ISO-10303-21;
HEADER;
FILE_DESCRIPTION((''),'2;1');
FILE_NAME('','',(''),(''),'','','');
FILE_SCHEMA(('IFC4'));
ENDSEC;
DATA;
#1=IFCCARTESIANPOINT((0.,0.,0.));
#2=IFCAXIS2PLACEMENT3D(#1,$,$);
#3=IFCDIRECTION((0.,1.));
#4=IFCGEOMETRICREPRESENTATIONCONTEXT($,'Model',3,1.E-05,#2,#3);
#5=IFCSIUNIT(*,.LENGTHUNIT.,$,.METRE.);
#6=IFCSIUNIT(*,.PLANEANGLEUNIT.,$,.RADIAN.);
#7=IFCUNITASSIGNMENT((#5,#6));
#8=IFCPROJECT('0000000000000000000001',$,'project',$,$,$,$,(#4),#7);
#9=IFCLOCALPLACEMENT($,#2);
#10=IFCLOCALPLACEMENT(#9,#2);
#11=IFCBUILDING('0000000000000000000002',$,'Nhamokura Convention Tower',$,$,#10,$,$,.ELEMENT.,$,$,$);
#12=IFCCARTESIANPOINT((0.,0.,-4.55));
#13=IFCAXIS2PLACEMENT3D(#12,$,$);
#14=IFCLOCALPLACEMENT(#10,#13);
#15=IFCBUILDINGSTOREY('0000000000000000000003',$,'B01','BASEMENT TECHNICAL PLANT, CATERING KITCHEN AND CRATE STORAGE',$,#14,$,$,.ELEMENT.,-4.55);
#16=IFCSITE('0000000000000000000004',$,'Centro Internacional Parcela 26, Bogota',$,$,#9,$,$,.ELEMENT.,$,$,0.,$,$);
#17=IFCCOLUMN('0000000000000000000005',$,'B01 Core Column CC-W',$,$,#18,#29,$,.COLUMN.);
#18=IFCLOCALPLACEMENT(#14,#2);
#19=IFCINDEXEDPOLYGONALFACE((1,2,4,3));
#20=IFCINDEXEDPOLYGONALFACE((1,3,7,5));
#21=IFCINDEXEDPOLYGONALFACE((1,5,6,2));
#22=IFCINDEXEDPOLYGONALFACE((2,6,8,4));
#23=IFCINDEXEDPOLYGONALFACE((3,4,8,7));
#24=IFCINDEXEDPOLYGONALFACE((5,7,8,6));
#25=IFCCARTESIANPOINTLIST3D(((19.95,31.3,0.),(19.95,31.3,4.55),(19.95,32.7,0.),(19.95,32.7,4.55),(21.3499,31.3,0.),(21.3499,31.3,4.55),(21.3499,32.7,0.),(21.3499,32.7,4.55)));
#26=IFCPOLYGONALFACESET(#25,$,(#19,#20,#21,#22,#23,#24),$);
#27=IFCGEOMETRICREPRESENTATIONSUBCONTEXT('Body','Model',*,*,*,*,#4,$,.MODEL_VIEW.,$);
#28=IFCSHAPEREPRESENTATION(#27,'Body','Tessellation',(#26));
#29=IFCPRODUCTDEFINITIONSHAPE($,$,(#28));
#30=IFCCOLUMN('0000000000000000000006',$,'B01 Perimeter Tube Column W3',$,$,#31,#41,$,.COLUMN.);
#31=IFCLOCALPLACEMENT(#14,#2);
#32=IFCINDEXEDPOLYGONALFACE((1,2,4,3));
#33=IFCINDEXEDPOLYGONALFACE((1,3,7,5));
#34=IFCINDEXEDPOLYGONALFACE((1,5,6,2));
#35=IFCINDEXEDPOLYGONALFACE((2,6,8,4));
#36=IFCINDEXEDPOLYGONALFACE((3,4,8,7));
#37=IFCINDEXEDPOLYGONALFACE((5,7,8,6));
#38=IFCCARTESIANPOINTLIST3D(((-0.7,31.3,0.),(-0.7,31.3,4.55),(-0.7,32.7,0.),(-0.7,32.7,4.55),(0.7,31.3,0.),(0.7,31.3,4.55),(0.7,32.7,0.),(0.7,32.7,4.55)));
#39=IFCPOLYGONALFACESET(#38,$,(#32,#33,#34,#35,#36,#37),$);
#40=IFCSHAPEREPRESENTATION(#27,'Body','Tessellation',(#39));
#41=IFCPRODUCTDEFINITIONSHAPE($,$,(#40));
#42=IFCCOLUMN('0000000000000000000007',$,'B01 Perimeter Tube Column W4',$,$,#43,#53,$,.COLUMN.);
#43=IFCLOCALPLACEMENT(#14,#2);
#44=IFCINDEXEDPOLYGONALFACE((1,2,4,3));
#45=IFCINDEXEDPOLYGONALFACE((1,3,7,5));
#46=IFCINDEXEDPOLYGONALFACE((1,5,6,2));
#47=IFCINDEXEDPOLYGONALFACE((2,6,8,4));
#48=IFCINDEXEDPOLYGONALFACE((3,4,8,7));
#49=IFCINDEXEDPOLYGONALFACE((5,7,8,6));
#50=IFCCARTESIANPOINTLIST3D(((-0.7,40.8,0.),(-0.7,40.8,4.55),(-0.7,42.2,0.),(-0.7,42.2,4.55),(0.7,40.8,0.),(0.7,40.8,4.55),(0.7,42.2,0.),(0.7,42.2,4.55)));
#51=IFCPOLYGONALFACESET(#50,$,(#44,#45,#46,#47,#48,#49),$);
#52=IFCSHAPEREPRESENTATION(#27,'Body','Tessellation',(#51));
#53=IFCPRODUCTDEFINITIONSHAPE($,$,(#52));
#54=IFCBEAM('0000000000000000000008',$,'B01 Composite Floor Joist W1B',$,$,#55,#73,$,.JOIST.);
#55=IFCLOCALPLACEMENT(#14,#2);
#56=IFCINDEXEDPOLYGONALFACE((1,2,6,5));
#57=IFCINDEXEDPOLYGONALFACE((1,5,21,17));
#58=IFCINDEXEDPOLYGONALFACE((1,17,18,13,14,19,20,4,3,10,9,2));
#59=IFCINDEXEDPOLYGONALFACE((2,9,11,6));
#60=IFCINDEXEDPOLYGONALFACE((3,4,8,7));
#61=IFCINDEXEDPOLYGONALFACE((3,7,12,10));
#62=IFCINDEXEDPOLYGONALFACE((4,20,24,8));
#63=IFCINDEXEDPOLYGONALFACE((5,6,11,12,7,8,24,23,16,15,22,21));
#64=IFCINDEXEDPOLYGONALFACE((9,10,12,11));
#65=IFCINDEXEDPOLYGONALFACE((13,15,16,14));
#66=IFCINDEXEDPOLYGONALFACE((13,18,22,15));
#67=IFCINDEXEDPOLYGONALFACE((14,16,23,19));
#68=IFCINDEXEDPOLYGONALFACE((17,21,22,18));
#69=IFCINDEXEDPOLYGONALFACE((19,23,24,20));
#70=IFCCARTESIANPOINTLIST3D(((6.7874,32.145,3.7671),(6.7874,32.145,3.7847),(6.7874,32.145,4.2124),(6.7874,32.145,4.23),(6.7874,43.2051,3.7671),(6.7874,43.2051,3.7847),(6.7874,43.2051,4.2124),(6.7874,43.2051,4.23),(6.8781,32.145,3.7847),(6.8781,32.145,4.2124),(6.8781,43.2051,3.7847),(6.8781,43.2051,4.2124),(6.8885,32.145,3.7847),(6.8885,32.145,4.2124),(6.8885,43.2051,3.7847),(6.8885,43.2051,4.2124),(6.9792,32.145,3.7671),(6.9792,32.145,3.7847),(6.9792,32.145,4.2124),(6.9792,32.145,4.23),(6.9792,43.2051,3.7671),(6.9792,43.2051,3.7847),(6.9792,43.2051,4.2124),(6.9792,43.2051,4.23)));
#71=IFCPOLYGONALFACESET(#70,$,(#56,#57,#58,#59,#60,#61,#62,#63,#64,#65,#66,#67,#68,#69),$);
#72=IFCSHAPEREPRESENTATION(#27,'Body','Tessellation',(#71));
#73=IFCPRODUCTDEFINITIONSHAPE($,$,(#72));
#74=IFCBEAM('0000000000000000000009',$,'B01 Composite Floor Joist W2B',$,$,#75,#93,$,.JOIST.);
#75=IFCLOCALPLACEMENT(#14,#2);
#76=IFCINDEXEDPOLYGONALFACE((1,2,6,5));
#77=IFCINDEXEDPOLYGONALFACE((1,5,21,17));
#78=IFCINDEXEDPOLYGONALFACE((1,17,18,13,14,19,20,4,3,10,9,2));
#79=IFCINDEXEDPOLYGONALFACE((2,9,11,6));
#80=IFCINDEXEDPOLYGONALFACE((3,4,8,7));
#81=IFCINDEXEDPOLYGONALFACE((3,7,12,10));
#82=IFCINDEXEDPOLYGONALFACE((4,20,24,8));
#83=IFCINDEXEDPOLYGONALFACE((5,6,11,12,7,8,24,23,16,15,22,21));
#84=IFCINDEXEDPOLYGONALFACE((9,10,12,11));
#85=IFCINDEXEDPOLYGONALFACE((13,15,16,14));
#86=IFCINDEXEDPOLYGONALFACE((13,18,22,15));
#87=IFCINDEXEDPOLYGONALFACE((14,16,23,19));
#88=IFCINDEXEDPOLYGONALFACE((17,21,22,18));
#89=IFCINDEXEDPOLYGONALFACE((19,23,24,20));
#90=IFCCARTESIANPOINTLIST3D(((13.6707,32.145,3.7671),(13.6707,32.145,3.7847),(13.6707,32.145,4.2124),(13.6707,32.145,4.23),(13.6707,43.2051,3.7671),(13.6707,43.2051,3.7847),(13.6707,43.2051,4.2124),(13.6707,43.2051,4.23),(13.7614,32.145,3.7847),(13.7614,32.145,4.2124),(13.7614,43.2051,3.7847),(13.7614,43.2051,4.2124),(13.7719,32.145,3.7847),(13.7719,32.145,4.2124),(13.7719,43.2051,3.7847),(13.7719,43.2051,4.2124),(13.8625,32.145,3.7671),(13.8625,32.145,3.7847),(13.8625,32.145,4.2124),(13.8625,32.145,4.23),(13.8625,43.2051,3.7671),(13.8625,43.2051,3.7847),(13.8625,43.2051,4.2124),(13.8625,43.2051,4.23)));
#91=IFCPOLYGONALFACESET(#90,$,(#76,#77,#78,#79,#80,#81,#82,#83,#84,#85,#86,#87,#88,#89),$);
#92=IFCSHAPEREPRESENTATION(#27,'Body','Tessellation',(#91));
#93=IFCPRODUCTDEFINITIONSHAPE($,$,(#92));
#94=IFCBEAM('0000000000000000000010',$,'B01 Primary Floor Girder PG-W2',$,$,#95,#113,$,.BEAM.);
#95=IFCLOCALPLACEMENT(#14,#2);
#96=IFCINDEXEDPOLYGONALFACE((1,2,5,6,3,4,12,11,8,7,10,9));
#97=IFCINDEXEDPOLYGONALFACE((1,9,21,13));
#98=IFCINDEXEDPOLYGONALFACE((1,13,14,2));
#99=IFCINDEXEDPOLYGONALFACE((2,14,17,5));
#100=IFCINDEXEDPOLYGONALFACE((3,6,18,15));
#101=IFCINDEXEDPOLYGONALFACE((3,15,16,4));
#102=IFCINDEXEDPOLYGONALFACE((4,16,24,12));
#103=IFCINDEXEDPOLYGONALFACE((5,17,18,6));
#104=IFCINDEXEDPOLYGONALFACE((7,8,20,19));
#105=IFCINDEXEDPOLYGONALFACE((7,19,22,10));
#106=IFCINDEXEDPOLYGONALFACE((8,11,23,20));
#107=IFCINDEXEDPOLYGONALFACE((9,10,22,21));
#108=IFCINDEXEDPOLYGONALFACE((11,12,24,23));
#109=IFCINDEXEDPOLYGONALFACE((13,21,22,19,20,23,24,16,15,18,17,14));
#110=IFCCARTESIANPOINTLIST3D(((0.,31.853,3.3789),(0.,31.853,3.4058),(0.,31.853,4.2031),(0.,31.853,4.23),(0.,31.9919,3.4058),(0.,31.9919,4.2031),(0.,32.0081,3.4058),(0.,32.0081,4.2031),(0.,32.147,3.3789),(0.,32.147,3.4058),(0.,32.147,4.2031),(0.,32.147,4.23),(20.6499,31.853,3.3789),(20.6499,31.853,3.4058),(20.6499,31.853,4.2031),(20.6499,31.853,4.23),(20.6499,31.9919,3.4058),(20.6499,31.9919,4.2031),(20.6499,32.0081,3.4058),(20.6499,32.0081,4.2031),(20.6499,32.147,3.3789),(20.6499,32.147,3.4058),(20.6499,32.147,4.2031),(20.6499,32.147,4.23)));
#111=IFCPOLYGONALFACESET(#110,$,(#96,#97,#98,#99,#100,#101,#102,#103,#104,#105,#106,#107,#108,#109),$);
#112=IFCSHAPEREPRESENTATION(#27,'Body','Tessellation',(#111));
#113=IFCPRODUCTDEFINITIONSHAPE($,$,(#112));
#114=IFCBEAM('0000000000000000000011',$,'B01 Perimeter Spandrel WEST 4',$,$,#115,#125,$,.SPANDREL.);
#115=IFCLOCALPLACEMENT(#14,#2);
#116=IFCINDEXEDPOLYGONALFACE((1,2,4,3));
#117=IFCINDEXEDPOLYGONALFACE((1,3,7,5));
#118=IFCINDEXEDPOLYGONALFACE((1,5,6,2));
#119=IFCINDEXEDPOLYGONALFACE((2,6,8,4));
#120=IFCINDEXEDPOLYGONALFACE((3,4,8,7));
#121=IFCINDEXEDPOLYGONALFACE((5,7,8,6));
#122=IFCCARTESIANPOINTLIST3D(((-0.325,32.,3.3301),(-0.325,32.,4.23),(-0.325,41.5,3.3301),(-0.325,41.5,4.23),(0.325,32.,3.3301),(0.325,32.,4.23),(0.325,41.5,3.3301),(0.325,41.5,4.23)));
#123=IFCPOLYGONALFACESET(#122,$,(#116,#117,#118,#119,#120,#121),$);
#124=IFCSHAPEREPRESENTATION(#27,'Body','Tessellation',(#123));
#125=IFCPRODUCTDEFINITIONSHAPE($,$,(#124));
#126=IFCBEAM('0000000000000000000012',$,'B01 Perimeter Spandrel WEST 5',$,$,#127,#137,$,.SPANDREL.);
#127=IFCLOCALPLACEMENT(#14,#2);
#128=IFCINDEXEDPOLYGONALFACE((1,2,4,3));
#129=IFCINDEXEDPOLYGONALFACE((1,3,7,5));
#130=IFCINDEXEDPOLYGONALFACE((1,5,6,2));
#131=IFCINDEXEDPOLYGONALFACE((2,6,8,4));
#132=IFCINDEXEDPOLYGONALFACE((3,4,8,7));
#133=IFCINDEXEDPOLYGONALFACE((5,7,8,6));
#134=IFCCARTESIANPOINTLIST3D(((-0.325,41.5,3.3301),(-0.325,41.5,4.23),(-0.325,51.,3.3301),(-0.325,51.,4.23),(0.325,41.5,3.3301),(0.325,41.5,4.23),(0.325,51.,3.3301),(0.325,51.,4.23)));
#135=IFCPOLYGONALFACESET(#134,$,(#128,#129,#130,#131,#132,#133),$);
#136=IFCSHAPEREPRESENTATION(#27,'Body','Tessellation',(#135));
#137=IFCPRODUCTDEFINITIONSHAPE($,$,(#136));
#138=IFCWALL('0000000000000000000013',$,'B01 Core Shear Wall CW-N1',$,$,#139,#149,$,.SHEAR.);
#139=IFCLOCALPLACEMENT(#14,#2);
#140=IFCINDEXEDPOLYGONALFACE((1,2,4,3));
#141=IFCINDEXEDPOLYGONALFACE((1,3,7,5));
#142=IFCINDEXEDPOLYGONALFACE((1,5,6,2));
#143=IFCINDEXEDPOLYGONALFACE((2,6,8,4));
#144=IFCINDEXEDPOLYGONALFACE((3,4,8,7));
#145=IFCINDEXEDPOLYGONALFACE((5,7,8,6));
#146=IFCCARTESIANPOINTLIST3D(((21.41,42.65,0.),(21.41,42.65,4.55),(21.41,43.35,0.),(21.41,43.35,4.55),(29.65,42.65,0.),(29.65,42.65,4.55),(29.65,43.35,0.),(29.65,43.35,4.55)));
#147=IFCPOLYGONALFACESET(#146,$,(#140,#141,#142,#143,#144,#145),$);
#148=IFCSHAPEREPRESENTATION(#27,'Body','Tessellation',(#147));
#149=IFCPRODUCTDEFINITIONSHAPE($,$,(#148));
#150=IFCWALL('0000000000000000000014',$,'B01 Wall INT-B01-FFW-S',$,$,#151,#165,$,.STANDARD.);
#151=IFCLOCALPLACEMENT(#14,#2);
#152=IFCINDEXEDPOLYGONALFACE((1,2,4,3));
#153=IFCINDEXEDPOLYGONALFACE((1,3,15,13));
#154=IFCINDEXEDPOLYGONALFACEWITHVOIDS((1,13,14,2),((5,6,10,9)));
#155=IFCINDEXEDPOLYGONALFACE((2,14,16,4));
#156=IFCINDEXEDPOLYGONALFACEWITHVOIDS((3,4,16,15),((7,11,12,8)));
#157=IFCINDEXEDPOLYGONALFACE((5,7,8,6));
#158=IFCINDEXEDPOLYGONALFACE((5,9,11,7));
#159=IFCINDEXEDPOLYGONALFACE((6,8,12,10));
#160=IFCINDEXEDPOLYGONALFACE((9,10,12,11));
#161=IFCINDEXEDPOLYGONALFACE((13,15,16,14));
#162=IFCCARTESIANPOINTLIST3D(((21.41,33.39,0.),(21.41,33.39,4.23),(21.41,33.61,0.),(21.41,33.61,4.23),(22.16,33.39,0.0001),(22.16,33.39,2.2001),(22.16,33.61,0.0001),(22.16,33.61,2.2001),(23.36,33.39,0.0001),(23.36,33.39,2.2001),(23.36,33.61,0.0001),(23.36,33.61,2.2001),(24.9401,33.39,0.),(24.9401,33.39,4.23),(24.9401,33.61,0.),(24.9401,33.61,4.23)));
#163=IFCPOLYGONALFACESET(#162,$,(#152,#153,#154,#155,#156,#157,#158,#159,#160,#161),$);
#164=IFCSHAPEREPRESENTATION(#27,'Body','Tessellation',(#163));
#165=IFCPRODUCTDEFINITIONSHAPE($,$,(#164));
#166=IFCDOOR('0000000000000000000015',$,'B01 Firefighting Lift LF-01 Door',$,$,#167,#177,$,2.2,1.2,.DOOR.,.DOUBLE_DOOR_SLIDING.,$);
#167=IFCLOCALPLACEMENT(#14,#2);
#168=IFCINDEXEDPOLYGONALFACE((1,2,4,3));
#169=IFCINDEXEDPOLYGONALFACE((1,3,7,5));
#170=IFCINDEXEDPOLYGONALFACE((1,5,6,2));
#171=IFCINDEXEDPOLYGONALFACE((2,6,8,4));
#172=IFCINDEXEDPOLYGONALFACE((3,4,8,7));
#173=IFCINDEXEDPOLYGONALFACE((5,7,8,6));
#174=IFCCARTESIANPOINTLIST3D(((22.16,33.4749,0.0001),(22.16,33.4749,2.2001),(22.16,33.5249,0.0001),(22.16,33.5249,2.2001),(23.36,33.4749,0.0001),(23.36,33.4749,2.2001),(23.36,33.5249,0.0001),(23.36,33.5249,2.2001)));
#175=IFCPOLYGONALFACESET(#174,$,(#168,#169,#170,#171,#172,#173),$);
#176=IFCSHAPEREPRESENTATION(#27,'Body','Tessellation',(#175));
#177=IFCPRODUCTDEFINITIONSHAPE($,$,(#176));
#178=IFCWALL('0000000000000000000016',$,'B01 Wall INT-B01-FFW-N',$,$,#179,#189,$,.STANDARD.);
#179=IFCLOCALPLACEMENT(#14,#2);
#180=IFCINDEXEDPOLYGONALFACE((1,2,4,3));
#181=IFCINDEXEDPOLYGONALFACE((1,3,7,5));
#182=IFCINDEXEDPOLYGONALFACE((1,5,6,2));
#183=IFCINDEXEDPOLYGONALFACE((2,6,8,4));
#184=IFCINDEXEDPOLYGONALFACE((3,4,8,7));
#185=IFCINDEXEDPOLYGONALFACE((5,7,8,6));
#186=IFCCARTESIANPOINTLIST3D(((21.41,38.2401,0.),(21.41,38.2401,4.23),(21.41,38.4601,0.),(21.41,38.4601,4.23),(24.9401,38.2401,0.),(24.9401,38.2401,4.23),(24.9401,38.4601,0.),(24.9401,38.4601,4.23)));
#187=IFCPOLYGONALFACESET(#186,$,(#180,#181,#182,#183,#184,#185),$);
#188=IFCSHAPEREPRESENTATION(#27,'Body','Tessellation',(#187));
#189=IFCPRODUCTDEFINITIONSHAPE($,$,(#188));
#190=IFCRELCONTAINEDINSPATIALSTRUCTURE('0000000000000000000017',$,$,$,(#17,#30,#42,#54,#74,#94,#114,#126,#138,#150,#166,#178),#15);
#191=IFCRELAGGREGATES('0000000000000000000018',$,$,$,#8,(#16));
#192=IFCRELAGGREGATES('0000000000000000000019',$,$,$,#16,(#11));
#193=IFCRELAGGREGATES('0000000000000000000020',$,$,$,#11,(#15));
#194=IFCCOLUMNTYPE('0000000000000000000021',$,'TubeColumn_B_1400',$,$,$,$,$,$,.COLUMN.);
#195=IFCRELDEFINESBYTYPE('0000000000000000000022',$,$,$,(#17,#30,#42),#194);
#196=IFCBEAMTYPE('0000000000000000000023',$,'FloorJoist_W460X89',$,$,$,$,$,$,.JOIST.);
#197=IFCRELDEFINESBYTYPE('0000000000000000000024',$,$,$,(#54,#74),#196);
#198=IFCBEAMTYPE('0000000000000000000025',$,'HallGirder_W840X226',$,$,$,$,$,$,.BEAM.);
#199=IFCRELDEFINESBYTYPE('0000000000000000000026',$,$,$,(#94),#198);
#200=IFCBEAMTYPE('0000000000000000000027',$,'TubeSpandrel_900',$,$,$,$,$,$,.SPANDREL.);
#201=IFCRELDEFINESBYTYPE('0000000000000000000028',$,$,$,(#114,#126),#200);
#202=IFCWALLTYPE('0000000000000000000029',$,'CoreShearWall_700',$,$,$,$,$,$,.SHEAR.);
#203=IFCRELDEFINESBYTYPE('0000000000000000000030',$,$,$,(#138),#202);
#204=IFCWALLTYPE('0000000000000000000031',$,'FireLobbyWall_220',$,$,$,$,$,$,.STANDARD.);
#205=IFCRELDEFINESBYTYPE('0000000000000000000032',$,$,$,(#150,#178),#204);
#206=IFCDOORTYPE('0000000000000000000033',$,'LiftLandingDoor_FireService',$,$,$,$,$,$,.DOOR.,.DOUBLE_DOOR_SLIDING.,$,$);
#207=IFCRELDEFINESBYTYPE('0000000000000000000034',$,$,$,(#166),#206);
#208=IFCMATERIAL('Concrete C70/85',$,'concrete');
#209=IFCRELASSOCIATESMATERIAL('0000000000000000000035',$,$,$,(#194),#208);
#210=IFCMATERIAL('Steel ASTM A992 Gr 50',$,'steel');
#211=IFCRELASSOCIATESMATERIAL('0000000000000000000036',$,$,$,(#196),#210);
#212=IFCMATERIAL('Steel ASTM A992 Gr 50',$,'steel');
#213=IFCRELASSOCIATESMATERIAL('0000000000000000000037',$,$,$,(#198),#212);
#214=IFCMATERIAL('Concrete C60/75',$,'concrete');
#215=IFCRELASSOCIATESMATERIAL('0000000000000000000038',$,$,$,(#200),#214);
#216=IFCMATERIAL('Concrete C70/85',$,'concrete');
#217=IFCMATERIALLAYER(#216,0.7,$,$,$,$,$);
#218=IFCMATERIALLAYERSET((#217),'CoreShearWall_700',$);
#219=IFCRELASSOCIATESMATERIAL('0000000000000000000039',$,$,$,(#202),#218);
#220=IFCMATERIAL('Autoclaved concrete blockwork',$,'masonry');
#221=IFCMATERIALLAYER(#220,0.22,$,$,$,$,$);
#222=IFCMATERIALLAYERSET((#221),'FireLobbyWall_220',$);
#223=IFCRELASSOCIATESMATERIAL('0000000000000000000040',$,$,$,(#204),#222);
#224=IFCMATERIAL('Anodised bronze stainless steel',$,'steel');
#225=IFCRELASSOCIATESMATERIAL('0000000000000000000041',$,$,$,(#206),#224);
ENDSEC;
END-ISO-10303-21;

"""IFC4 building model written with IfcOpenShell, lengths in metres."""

from ifc_helpers import new_model, si_unit, direction, frame, frame_2d, origin, origin_2d, place, context, subcontext, project, spatial, rectangle, i_section, extrude, material, layer, layer_set, material_profile, profile_set, type_object, element, fill, save


model = new_model("IFC4")

# Units and contexts
model_context = context("Model", 3, precision=1e-05, world=origin(), true_north=direction((0.0, 1.0)))
body_context = subcontext(model_context, "Body", "Model", "MODEL_VIEW")
ifc_project = project(units=[si_unit("LENGTHUNIT", "METRE"), si_unit("PLANEANGLEUNIT", "RADIAN")], contexts=[model_context])

# Site, building, storey
site_placement = place(None, origin())
site = spatial("IfcSite", under=ifc_project, at=site_placement, Name="Centro Internacional Parcela 26, Bogota", CompositionType="ELEMENT", RefElevation=0.0)
building_placement = place(site_placement, origin())
building = spatial("IfcBuilding", under=site, at=building_placement, Name="Nhamokura Convention Tower", CompositionType="ELEMENT")
storey_placement = place(building_placement, frame((0.0, 0.0, -4.55)))
storey = spatial("IfcBuildingStorey", under=building, at=storey_placement, Name="B01", Description="BASEMENT TECHNICAL PLANT, CATERING KITCHEN AND CRATE STORAGE", CompositionType="ELEMENT", Elevation=-4.55)

# Columns
ifc_material_1 = material(Name="Concrete C70/85", Category="concrete")
ifc_material_profile_1 = material_profile(ifc_material_1, rectangle(XDim=1.3999, YDim=1.3999, at=origin_2d()))
ifc_profile_set_1 = profile_set([ifc_material_profile_1], Name="Concrete C70/85")
column_type = type_object("IfcColumnType", Name="TubeColumn_B_1400", PredefinedType="COLUMN", material=ifc_profile_set_1)
for number, where, z_axis, x_axis, name in (
    (1, (20.6499, 32.0, 0.0), (0.0, 0.0, 1.0), (1.0, 0.0, 0.0), "B01 Core Column CC-W"),
    (2, (0.0, 32.0, 0.0), (0.0, 0.0, 1.0), (1.0, 0.0, 0.0), "B01 Perimeter Tube Column W3"),
    (3, (0.0, 41.5, 0.0), (0.0, 0.0, 1.0), (1.0, 0.0, 0.0), "B01 Perimeter Tube Column W4"),
):
    element("IfcColumn", number, at=place(storey_placement, frame(where, z_axis=z_axis, x_axis=x_axis)), inside=storey, type_object=column_type, Name=name, PredefinedType="COLUMN", context=body_context, shape_type="SweptSolid", body=[
        extrude(rectangle(XDim=1.3999, YDim=1.3999, at=origin_2d()), origin(), (0.0, 0.0, 1.0), 4.55),
    ])

# Beams
ifc_material_2 = material(Name="Steel ASTM A992 Gr 50", Category="steel")
ifc_material_profile_2 = material_profile(ifc_material_2, i_section(OverallWidth=0.1919, OverallDepth=0.4629, WebThickness=0.0105, FlangeThickness=0.0176, at=origin_2d()))
ifc_profile_set_2 = profile_set([ifc_material_profile_2], Name="Steel ASTM A992 Gr 50")
beam_type_1 = type_object("IfcBeamType", Name="FloorJoist_W460X89", PredefinedType="JOIST", material=ifc_profile_set_2)
for number, where, z_axis, x_axis, name in (
    (4, (6.8833, 32.145, 3.9985), (0.0, 1.0, 0.0), (-1.0, 0.0, 0.0), "B01 Composite Floor Joist W1B"),
    (5, (13.7666, 32.145, 3.9985), (0.0, 1.0, 0.0), (-1.0, 0.0, 0.0), "B01 Composite Floor Joist W2B"),
):
    element("IfcBeam", number, at=place(storey_placement, frame(where, z_axis=z_axis, x_axis=x_axis)), inside=storey, type_object=beam_type_1, Name=name, PredefinedType="JOIST", context=body_context, shape_type="SweptSolid", body=[
        extrude(i_section(OverallWidth=0.1919, OverallDepth=0.4629, WebThickness=0.0105, FlangeThickness=0.0176, at=origin_2d()), origin(), (0.0, 0.0, 1.0), 11.0601),
    ])
ifc_material_3 = material(Name="Steel ASTM A992 Gr 50", Category="steel")
ifc_material_profile_3 = material_profile(ifc_material_3, i_section(OverallWidth=0.2939, OverallDepth=0.8511, WebThickness=0.0161, FlangeThickness=0.0269, at=origin_2d()))
ifc_profile_set_3 = profile_set([ifc_material_profile_3], Name="Steel ASTM A992 Gr 50")
beam_type_2 = type_object("IfcBeamType", Name="HallGirder_W840X226", PredefinedType="BEAM", material=ifc_profile_set_3)
beam_placement = place(storey_placement, frame((0.0, 32.0, 3.8044), z_axis=(1.0, 0.0, 0.0), x_axis=(0.0, 1.0, 0.0)))
element("IfcBeam", 6, at=beam_placement, inside=storey, type_object=beam_type_2, Name="B01 Primary Floor Girder PG-W2", PredefinedType="BEAM", context=body_context, shape_type="SweptSolid", body=[
    extrude(i_section(OverallWidth=0.2939, OverallDepth=0.8511, WebThickness=0.0161, FlangeThickness=0.0269, at=origin_2d()), origin(), (0.0, 0.0, 1.0), 20.6499),
])
ifc_material_4 = material(Name="Concrete C60/75", Category="concrete")
ifc_material_profile_4 = material_profile(ifc_material_4, rectangle(XDim=0.6499, YDim=0.8999, at=origin_2d()))
ifc_profile_set_4 = profile_set([ifc_material_profile_4], Name="Concrete C60/75")
beam_type_3 = type_object("IfcBeamType", Name="TubeSpandrel_900", PredefinedType="SPANDREL", material=ifc_profile_set_4)
for number, where, z_axis, x_axis, name in (
    (7, (0.0, 32.0, 3.78), (0.0, 1.0, 0.0), (-1.0, 0.0, 0.0), "B01 Perimeter Spandrel WEST 4"),
    (8, (0.0, 41.5, 3.78), (0.0, 1.0, 0.0), (-1.0, 0.0, 0.0), "B01 Perimeter Spandrel WEST 5"),
):
    element("IfcBeam", number, at=place(storey_placement, frame(where, z_axis=z_axis, x_axis=x_axis)), inside=storey, type_object=beam_type_3, Name=name, PredefinedType="SPANDREL", context=body_context, shape_type="SweptSolid", body=[
        extrude(rectangle(XDim=0.6499, YDim=0.8999, at=origin_2d()), origin(), (0.0, 0.0, 1.0), 9.5),
    ])

# Shared definitions
ifc_material_5 = material(Name="Concrete C70/85", Category="concrete")
ifc_layer_1 = layer(ifc_material_5, 0.7)
ifc_layer_set_1 = layer_set([ifc_layer_1], Name="CoreShearWall_700")
wall_type_1 = type_object("IfcWallType", Name="CoreShearWall_700", PredefinedType="SHEAR", material=ifc_layer_set_1)

# Wall
wall_1_placement = place(storey_placement, frame((21.4099, 43.0, 0.0), z_axis=(0.0, 0.0, 1.0), x_axis=(1.0, 0.0, 0.0)))
element("IfcWall", 9, at=wall_1_placement, inside=storey, type_object=wall_type_1, Name="B01 Core Shear Wall CW-N1", PredefinedType="SHEAR", context=body_context, shape_type="SweptSolid", body=[
    extrude(rectangle(XDim=8.24, YDim=0.7, at=frame_2d((4.1201, 0.0))), origin(), (0.0, 0.0, 1.0), 4.55),
])

# Wall, opening, door
ifc_material_6 = material(Name="Autoclaved concrete blockwork", Category="masonry")
ifc_layer_2 = layer(ifc_material_6, 0.22)
ifc_layer_set_2 = layer_set([ifc_layer_2], Name="FireLobbyWall_220")
wall_type_2 = type_object("IfcWallType", Name="FireLobbyWall_220", PredefinedType="STANDARD", material=ifc_layer_set_2)
wall_2_placement = place(storey_placement, frame((21.4099, 33.5, 0.0), z_axis=(0.0, 0.0, 1.0), x_axis=(1.0, 0.0, 0.0)))
wall_2 = element("IfcWall", 10, at=wall_2_placement, inside=storey, type_object=wall_type_2, Name="B01 Wall INT-B01-FFW-S", PredefinedType="STANDARD", context=body_context, shape_type="SweptSolid", body=[
    extrude(rectangle(XDim=3.53, YDim=0.22, at=frame_2d((1.7651, 0.0))), origin(), (0.0, 0.0, 1.0), 4.23),
])
opening_1_placement = place(wall_2_placement, frame((0.75, 0.0, 0.0)))
opening_1 = element("IfcOpeningElement", 11, at=opening_1_placement, cuts=wall_2, PredefinedType="OPENING", context=body_context, shape_type="SweptSolid", body=[
    extrude(rectangle(XDim=1.2, YDim=2.2, at=frame_2d((0.6001, 1.1001))), frame((0.0, 0.1199, 0.0), z_axis=(0.0, -1.0, 0.0), x_axis=(1.0, 0.0, 0.0)), (0.0, 0.0, 1.0), 0.24),
])
ifc_material_7 = material(Name="Anodised bronze stainless steel", Category="steel")
door_type_1 = type_object("IfcDoorType", Name="LiftLandingDoor_FireService", OperationType="DOUBLE_DOOR_SLIDING", PredefinedType="DOOR", material=ifc_material_7)
door_1_placement = place(opening_1_placement, origin())
door_1 = element("IfcDoor", 12, at=door_1_placement, inside=storey, type_object=door_type_1, Name="B01 Firefighting Lift LF-01 Door", OperationType="DOUBLE_DOOR_SLIDING", OverallHeight=2.2, OverallWidth=1.2, PredefinedType="DOOR", context=body_context, shape_type="SweptSolid", body=[
    extrude(rectangle(XDim=1.2, YDim=2.2, at=frame_2d((0.6001, 1.1001))), frame((0.0, 0.0249, 0.0), z_axis=(0.0, -1.0, 0.0), x_axis=(1.0, 0.0, 0.0)), (0.0, 0.0, 1.0), 0.05),
])
fill(opening_1, door_1)

# Wall
wall_3_placement = place(storey_placement, frame((21.4099, 38.3501, 0.0), z_axis=(0.0, 0.0, 1.0), x_axis=(1.0, 0.0, 0.0)))
element("IfcWall", 13, at=wall_3_placement, inside=storey, type_object=wall_type_2, Name="B01 Wall INT-B01-FFW-N", PredefinedType="STANDARD", context=body_context, shape_type="SweptSolid", body=[
    extrude(rectangle(XDim=3.53, YDim=0.22, at=frame_2d((1.7651, 0.0))), origin(), (0.0, 0.0, 1.0), 4.23),
])

save(model, "model.ifc")
